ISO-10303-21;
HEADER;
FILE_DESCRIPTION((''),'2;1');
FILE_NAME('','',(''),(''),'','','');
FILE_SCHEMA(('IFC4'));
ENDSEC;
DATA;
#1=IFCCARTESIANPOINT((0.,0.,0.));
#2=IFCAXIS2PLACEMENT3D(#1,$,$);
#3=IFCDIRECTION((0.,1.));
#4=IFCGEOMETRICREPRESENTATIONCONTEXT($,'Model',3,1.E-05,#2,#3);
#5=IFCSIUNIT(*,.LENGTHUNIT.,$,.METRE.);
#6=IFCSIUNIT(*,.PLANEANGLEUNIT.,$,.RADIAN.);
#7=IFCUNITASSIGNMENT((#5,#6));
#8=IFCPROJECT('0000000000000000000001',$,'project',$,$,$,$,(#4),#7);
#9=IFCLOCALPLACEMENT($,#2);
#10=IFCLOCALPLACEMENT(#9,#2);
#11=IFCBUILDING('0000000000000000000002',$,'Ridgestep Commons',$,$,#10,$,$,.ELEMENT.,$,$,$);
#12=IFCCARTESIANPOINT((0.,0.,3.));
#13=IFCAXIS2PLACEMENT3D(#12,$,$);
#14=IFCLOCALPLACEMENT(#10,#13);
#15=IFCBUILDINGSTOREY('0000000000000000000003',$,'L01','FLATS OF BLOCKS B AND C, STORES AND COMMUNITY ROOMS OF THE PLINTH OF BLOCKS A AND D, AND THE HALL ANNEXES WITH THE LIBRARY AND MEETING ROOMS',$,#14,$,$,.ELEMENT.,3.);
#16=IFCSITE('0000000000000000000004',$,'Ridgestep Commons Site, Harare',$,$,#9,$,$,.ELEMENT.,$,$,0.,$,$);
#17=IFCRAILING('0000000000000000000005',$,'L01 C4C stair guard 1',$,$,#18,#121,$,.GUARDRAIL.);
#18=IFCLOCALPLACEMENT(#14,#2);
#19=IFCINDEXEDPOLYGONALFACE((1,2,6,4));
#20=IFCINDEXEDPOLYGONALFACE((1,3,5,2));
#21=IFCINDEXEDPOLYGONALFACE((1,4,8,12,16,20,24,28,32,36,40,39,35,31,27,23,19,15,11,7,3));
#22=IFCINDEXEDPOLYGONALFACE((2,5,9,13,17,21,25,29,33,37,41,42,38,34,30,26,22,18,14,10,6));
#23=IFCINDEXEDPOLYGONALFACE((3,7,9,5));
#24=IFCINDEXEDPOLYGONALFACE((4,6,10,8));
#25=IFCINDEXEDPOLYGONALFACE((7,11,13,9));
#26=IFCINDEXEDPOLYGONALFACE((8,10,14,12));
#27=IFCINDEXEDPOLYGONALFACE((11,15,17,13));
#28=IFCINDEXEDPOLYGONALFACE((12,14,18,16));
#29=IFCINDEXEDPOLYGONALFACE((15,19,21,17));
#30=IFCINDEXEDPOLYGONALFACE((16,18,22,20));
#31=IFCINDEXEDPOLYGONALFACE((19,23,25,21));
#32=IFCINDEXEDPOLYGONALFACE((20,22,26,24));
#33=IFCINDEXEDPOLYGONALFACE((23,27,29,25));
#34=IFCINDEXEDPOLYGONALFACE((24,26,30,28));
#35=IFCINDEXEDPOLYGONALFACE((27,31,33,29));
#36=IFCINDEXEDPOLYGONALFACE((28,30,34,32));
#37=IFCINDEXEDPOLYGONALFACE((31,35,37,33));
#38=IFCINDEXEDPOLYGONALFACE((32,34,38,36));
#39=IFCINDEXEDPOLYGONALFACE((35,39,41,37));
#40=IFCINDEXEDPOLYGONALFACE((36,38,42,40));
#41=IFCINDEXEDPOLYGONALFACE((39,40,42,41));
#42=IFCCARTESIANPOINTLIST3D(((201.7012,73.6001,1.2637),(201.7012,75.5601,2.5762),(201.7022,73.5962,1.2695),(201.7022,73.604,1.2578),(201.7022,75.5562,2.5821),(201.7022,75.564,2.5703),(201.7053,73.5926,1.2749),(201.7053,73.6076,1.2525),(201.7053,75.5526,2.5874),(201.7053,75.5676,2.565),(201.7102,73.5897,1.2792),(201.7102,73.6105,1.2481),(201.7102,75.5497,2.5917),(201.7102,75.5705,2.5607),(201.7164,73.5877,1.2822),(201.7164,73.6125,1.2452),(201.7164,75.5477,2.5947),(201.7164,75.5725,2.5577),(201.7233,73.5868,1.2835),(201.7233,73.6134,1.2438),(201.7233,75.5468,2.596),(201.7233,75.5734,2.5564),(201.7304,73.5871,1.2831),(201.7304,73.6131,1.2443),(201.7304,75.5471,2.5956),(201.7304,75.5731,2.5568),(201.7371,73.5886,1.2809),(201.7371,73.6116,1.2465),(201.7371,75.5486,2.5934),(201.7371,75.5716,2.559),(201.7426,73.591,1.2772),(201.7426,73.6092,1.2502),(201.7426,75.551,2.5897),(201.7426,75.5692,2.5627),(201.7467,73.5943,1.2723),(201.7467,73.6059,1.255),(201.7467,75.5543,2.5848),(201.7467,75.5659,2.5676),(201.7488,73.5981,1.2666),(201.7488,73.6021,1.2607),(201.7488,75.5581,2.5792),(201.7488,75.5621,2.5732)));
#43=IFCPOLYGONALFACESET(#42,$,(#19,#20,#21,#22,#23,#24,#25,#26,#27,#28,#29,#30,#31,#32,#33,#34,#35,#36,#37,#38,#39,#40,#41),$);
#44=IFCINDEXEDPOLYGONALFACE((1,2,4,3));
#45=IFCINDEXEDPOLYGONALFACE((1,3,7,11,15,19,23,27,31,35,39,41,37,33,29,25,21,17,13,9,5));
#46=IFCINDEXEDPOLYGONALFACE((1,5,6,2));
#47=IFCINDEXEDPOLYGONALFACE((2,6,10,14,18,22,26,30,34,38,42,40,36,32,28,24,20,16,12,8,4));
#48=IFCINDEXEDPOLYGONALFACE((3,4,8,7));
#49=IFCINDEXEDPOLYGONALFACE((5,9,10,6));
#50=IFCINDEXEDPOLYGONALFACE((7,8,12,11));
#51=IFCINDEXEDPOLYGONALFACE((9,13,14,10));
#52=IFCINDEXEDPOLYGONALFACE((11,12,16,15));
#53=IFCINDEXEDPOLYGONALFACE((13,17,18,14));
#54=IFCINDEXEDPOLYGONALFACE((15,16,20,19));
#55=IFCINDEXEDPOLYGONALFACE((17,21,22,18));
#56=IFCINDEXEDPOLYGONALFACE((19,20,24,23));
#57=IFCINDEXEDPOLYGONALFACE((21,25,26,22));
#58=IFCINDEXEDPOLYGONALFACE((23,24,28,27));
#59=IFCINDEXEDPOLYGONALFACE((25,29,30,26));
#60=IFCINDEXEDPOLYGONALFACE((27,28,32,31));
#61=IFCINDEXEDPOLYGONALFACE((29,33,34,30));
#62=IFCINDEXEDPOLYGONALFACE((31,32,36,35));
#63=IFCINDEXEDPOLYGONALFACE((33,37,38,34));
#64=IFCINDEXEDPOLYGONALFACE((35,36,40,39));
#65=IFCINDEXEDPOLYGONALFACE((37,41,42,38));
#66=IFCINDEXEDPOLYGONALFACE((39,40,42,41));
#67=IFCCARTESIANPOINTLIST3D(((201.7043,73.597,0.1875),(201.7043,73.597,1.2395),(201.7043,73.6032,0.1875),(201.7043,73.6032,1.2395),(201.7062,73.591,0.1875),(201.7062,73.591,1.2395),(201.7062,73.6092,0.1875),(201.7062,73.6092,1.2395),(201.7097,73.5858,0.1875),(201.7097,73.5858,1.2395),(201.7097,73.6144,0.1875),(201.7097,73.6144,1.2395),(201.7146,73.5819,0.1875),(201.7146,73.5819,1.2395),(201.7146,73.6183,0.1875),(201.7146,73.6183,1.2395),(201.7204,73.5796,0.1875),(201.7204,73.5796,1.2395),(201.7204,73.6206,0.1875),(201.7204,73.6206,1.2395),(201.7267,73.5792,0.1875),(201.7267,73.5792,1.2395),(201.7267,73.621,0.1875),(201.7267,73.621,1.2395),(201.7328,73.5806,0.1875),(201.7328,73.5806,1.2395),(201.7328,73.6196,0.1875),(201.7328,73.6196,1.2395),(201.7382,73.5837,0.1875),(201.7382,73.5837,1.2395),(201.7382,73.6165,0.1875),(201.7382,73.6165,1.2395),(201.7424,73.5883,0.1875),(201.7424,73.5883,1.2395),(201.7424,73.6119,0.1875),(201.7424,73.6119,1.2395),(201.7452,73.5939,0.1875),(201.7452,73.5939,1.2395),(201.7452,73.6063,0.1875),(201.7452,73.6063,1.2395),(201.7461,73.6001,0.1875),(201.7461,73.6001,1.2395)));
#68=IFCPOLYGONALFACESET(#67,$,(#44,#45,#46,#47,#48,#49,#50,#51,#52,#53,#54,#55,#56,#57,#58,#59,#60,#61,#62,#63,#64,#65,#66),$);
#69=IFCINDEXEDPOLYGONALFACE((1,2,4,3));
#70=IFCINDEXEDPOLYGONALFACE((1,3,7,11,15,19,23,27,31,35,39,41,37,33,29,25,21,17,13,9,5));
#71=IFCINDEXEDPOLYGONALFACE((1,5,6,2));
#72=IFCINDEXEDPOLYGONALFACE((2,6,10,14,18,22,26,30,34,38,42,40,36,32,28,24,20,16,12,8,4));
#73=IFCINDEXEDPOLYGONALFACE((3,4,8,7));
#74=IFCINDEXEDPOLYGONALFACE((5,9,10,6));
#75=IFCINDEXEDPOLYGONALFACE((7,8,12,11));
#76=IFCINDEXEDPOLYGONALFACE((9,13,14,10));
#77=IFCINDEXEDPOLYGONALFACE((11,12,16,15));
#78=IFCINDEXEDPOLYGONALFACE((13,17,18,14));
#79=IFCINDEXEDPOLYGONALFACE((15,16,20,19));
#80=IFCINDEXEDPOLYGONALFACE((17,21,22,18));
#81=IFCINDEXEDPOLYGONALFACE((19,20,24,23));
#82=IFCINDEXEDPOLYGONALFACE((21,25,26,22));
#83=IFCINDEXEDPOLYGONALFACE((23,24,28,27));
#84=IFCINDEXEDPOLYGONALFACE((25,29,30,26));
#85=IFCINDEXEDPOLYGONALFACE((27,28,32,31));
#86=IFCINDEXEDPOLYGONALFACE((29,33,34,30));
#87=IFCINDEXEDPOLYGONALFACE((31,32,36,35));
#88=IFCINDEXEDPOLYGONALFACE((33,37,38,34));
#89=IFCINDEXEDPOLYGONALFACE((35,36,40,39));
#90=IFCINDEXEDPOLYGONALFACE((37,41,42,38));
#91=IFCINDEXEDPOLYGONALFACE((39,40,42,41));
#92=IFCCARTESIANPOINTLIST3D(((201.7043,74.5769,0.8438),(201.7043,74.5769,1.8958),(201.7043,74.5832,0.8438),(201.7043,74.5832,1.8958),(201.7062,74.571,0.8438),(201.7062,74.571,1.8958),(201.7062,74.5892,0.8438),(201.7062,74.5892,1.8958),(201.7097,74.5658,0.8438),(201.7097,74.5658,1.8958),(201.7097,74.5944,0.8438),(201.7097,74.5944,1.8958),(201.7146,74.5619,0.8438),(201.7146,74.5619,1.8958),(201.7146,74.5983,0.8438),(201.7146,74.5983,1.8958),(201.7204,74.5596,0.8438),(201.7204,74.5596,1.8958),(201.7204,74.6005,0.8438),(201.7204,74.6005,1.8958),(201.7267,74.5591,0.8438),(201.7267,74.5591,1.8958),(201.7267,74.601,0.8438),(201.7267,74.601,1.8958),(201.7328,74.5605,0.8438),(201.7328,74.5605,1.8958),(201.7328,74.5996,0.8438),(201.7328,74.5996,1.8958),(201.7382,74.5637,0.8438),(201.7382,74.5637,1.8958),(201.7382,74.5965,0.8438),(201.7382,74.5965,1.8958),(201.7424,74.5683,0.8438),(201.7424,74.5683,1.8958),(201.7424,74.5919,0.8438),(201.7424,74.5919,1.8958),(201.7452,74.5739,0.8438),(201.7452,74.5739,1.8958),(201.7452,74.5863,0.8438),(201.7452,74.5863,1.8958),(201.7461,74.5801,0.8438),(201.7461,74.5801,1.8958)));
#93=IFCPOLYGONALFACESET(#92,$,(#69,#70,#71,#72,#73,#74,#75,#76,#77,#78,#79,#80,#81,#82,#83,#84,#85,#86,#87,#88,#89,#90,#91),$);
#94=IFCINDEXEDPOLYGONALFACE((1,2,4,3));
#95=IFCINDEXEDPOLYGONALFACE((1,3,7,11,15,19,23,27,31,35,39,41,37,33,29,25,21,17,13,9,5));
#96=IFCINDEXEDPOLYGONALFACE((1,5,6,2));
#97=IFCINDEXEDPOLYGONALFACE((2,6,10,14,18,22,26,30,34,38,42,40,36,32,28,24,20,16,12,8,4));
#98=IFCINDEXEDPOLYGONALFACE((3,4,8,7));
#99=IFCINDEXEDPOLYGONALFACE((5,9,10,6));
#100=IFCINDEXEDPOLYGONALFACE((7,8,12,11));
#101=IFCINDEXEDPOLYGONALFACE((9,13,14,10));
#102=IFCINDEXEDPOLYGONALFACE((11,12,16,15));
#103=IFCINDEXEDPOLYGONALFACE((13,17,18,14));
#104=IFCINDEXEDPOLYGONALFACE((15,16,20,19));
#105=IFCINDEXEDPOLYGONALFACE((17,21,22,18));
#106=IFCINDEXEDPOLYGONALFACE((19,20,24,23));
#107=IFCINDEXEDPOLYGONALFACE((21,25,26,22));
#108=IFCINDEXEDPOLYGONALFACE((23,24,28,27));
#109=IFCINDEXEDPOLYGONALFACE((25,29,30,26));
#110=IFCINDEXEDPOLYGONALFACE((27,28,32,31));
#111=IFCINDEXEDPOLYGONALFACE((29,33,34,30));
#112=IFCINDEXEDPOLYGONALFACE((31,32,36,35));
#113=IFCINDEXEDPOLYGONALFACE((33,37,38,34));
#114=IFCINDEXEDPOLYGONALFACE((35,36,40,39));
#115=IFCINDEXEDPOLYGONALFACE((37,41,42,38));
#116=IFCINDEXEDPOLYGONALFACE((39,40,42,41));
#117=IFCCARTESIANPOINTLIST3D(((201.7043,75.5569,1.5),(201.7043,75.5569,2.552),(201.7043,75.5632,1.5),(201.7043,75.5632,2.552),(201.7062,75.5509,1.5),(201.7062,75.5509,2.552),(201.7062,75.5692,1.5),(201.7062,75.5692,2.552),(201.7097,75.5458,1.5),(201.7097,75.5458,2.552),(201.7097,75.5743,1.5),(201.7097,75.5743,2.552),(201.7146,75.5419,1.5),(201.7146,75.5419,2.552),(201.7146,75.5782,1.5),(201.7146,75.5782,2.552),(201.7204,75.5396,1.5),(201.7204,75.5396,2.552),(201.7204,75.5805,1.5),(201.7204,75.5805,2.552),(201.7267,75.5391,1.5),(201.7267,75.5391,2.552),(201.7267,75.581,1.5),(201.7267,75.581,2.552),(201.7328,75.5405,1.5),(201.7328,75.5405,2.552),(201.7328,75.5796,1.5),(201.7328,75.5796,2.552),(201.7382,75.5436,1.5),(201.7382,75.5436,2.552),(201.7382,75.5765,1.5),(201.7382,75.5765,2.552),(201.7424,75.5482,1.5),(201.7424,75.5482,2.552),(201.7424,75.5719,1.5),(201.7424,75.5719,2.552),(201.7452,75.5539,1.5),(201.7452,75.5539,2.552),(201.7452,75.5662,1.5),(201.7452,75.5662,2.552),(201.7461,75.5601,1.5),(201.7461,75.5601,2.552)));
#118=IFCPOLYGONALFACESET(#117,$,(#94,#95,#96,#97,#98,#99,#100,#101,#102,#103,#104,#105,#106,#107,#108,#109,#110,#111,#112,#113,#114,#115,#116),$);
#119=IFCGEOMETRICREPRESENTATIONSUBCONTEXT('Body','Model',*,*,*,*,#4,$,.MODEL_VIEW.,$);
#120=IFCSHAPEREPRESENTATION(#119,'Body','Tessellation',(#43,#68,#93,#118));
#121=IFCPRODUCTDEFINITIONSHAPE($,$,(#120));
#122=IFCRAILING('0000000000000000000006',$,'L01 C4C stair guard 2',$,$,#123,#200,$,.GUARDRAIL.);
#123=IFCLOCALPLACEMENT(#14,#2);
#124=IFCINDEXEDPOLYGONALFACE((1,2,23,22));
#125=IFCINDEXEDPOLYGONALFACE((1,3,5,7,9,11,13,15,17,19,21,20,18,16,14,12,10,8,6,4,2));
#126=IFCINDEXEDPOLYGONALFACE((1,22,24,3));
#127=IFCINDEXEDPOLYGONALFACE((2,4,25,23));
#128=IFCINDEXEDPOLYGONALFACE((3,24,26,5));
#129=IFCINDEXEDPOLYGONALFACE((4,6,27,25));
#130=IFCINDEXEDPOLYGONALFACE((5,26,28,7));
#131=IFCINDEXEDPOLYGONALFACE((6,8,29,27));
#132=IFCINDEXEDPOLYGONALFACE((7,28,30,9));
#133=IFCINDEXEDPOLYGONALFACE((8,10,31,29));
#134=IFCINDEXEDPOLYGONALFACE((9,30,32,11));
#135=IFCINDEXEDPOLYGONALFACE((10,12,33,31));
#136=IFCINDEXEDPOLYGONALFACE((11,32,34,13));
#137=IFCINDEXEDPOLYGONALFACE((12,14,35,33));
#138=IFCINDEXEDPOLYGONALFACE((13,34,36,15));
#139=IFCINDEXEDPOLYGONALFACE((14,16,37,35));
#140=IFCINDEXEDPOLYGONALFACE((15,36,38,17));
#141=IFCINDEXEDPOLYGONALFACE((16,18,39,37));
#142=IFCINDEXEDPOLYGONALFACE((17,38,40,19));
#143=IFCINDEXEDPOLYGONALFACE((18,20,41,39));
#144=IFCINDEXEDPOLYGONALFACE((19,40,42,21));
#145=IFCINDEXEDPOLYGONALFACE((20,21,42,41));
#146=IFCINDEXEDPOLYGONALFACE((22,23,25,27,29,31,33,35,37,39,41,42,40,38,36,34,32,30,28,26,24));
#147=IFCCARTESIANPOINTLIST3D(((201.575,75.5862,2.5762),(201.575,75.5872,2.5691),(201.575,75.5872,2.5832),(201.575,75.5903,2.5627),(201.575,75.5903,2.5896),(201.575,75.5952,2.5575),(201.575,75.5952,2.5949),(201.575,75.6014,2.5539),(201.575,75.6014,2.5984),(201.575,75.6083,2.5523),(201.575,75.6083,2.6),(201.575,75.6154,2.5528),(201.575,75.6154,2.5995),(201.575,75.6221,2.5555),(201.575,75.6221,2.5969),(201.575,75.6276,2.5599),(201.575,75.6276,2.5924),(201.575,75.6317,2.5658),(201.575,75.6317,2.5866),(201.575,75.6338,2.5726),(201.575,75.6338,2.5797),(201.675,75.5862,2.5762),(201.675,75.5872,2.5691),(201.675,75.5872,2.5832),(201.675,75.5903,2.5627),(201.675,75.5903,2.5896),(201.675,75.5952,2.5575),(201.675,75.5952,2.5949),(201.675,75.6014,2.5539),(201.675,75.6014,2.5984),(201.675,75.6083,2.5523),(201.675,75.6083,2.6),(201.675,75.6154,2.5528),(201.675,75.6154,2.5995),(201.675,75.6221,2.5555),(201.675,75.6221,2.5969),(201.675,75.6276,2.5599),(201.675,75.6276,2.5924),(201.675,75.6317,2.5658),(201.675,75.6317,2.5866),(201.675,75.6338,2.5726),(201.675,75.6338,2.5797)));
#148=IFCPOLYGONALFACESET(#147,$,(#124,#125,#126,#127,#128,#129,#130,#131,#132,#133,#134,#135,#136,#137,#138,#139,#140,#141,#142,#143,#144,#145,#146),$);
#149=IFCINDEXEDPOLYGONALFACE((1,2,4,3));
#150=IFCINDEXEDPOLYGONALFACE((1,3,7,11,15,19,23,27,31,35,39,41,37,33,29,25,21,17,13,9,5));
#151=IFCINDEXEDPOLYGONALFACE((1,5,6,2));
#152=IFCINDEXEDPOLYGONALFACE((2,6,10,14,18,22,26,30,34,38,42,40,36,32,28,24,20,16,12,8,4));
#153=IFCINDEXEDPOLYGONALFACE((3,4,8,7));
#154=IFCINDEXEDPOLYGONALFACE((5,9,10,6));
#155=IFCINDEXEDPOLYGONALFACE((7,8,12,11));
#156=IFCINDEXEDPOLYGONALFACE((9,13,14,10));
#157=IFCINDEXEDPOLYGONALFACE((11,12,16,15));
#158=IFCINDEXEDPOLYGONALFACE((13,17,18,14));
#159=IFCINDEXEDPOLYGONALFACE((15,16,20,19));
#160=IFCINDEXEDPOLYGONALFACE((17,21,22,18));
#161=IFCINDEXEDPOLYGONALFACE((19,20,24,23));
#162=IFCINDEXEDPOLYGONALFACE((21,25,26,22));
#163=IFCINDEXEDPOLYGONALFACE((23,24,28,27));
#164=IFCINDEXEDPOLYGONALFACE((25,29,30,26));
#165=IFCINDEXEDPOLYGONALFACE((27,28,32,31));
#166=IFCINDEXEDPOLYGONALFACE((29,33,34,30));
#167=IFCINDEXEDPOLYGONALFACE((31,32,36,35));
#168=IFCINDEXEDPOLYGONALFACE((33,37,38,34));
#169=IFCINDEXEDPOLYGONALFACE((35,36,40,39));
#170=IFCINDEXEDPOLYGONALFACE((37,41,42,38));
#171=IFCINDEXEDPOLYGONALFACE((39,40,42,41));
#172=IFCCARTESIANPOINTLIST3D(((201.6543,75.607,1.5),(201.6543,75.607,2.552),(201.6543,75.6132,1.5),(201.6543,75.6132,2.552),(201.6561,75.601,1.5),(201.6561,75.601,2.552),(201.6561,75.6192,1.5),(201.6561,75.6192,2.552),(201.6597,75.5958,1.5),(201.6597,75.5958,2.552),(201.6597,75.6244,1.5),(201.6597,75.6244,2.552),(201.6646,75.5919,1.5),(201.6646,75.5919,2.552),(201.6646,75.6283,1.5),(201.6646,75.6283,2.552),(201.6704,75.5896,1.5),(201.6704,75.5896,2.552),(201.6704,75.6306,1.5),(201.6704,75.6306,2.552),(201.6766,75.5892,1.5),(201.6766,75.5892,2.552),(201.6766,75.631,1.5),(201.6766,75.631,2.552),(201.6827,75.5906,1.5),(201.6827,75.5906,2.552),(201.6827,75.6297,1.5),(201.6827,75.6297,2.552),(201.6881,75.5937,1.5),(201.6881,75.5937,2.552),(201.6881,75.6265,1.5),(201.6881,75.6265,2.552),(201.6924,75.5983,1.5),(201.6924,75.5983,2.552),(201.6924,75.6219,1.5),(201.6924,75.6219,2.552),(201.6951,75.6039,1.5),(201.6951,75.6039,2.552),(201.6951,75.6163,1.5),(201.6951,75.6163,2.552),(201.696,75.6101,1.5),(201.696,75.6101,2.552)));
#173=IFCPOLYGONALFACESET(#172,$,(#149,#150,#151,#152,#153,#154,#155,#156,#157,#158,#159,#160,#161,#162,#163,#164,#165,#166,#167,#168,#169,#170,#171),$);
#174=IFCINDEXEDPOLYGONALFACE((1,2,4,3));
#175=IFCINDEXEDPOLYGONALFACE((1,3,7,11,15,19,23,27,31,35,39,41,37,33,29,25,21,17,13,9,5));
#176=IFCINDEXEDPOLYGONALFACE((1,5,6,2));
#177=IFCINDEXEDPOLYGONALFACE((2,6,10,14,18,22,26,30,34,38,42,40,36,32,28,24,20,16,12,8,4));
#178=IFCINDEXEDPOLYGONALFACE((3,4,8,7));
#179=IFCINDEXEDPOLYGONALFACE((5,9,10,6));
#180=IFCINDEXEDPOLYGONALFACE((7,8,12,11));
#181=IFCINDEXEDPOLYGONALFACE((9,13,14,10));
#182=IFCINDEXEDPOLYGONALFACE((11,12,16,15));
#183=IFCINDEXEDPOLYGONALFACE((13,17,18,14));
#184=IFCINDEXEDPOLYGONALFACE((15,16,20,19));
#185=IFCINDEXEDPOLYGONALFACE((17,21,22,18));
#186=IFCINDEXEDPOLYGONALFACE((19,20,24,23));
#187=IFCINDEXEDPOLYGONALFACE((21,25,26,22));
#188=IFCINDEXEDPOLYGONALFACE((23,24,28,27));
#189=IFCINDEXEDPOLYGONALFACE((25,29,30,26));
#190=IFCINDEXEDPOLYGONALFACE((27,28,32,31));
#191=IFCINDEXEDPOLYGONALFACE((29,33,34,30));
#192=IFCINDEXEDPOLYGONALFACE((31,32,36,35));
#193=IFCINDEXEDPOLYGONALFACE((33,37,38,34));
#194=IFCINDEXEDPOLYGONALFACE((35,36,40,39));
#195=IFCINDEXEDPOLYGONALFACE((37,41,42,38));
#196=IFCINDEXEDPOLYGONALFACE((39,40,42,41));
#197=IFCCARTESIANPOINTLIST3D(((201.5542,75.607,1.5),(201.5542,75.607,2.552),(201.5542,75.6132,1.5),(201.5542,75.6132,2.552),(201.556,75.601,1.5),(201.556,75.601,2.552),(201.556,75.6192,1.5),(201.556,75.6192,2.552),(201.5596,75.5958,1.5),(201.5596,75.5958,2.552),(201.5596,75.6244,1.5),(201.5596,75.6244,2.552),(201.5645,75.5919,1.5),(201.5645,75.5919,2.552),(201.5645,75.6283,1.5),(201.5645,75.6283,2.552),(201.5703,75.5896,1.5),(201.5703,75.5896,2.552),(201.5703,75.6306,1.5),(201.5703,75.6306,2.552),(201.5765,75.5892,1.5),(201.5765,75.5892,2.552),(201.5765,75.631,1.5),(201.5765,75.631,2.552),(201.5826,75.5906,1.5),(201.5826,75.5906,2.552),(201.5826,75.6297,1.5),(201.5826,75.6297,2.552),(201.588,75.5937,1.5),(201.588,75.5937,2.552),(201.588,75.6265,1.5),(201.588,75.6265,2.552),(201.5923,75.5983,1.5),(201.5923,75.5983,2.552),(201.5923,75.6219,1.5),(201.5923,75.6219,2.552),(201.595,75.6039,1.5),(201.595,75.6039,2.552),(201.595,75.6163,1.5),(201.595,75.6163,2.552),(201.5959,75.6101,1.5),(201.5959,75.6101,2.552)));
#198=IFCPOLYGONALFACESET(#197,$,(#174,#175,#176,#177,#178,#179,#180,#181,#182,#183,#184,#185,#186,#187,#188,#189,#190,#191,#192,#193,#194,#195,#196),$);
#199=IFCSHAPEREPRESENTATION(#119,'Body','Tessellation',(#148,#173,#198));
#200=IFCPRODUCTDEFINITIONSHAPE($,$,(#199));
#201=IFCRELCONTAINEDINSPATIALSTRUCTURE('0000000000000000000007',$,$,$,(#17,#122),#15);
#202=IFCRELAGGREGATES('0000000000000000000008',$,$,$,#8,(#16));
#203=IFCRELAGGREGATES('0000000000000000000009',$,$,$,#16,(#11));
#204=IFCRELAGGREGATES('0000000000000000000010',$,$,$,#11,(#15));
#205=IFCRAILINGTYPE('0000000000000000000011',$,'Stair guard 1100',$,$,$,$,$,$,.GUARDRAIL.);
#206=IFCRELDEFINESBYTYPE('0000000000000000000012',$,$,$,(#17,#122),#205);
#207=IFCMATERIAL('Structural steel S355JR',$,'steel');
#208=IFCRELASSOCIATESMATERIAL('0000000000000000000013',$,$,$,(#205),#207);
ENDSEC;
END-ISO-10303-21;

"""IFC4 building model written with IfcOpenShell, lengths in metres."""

from ifc_helpers import new_model, si_unit, direction, frame, origin, origin_2d, place, context, subcontext, project, spatial, circle, extrude, material, type_object, element, save


model = new_model("IFC4")

# Units and contexts
model_context = context("Model", 3, precision=1e-05, world=origin(), true_north=direction((0.0, 1.0)))
body_context = subcontext(model_context, "Body", "Model", "MODEL_VIEW")
ifc_project = project(units=[si_unit("LENGTHUNIT", "METRE"), si_unit("PLANEANGLEUNIT", "RADIAN")], contexts=[model_context])

# Site, building, storey
site_placement = place(None, origin())
site = spatial("IfcSite", under=ifc_project, at=site_placement, Name="Ridgestep Commons Site, Harare", CompositionType="ELEMENT", RefElevation=0.0)
building_placement = place(site_placement, origin())
building = spatial("IfcBuilding", under=site, at=building_placement, Name="Ridgestep Commons", CompositionType="ELEMENT")
storey_placement = place(building_placement, frame((0.0, 0.0, 3.0)))
storey = spatial("IfcBuildingStorey", under=building, at=storey_placement, Name="L01", Description="FLATS OF BLOCKS B AND C, STORES AND COMMUNITY ROOMS OF THE PLINTH OF BLOCKS A AND D, AND THE HALL ANNEXES WITH THE LIBRARY AND MEETING ROOMS", CompositionType="ELEMENT", Elevation=3.0)

# Railings
ifc_material_1 = material(Name="Structural steel S355JR", Category="steel")
railing_type_1 = type_object("IfcRailingType", Name="Stair guard 1100", PredefinedType="GUARDRAIL", material=ifc_material_1)
railing_1_placement = place(storey_placement, frame((201.7251, 73.6001, 0.1875)))
element("IfcRailing", 1, at=railing_1_placement, inside=storey, type_object=railing_type_1, Name="L01 C4C stair guard 1", PredefinedType="GUARDRAIL", context=body_context, shape_type="SweptSolid", body=[
    extrude(circle(Radius=0.0239, at=origin_2d()), frame((0.0, 0.0, 1.0762), z_axis=(0.0, 0.830902, 0.556419), x_axis=(-1.0, 0.0, 0.0)), (0.0, 0.0, 1.0), 2.3589),
    extrude(circle(Radius=0.021, at=origin_2d()), origin(), (0.0, 0.0, 1.0), 1.052),
    extrude(circle(Radius=0.021, at=origin_2d()), frame((0.0, 0.98, 0.6562)), (0.0, 0.0, 1.0), 1.052),
    extrude(circle(Radius=0.021, at=origin_2d()), frame((0.0, 1.96, 1.3125)), (0.0, 0.0, 1.0), 1.052),
])
railing_2_placement = place(storey_placement, frame((201.675, 75.6101, 1.5)))
element("IfcRailing", 2, at=railing_2_placement, inside=storey, type_object=railing_type_1, Name="L01 C4C stair guard 2", PredefinedType="GUARDRAIL", context=body_context, shape_type="SweptSolid", body=[
    extrude(circle(Radius=0.0239, at=origin_2d()), frame((0.0, 0.0, 1.0762), z_axis=(-1.0, 0.0, 0.0), x_axis=(0.0, -1.0, 0.0)), (0.0, 0.0, 1.0), 0.1001),
    extrude(circle(Radius=0.021, at=origin_2d()), origin(), (0.0, 0.0, 1.0), 1.052),
    extrude(circle(Radius=0.021, at=origin_2d()), frame((-0.1001, 0.0, 0.0)), (0.0, 0.0, 1.0), 1.052),
])

save(model, "model.ifc")
